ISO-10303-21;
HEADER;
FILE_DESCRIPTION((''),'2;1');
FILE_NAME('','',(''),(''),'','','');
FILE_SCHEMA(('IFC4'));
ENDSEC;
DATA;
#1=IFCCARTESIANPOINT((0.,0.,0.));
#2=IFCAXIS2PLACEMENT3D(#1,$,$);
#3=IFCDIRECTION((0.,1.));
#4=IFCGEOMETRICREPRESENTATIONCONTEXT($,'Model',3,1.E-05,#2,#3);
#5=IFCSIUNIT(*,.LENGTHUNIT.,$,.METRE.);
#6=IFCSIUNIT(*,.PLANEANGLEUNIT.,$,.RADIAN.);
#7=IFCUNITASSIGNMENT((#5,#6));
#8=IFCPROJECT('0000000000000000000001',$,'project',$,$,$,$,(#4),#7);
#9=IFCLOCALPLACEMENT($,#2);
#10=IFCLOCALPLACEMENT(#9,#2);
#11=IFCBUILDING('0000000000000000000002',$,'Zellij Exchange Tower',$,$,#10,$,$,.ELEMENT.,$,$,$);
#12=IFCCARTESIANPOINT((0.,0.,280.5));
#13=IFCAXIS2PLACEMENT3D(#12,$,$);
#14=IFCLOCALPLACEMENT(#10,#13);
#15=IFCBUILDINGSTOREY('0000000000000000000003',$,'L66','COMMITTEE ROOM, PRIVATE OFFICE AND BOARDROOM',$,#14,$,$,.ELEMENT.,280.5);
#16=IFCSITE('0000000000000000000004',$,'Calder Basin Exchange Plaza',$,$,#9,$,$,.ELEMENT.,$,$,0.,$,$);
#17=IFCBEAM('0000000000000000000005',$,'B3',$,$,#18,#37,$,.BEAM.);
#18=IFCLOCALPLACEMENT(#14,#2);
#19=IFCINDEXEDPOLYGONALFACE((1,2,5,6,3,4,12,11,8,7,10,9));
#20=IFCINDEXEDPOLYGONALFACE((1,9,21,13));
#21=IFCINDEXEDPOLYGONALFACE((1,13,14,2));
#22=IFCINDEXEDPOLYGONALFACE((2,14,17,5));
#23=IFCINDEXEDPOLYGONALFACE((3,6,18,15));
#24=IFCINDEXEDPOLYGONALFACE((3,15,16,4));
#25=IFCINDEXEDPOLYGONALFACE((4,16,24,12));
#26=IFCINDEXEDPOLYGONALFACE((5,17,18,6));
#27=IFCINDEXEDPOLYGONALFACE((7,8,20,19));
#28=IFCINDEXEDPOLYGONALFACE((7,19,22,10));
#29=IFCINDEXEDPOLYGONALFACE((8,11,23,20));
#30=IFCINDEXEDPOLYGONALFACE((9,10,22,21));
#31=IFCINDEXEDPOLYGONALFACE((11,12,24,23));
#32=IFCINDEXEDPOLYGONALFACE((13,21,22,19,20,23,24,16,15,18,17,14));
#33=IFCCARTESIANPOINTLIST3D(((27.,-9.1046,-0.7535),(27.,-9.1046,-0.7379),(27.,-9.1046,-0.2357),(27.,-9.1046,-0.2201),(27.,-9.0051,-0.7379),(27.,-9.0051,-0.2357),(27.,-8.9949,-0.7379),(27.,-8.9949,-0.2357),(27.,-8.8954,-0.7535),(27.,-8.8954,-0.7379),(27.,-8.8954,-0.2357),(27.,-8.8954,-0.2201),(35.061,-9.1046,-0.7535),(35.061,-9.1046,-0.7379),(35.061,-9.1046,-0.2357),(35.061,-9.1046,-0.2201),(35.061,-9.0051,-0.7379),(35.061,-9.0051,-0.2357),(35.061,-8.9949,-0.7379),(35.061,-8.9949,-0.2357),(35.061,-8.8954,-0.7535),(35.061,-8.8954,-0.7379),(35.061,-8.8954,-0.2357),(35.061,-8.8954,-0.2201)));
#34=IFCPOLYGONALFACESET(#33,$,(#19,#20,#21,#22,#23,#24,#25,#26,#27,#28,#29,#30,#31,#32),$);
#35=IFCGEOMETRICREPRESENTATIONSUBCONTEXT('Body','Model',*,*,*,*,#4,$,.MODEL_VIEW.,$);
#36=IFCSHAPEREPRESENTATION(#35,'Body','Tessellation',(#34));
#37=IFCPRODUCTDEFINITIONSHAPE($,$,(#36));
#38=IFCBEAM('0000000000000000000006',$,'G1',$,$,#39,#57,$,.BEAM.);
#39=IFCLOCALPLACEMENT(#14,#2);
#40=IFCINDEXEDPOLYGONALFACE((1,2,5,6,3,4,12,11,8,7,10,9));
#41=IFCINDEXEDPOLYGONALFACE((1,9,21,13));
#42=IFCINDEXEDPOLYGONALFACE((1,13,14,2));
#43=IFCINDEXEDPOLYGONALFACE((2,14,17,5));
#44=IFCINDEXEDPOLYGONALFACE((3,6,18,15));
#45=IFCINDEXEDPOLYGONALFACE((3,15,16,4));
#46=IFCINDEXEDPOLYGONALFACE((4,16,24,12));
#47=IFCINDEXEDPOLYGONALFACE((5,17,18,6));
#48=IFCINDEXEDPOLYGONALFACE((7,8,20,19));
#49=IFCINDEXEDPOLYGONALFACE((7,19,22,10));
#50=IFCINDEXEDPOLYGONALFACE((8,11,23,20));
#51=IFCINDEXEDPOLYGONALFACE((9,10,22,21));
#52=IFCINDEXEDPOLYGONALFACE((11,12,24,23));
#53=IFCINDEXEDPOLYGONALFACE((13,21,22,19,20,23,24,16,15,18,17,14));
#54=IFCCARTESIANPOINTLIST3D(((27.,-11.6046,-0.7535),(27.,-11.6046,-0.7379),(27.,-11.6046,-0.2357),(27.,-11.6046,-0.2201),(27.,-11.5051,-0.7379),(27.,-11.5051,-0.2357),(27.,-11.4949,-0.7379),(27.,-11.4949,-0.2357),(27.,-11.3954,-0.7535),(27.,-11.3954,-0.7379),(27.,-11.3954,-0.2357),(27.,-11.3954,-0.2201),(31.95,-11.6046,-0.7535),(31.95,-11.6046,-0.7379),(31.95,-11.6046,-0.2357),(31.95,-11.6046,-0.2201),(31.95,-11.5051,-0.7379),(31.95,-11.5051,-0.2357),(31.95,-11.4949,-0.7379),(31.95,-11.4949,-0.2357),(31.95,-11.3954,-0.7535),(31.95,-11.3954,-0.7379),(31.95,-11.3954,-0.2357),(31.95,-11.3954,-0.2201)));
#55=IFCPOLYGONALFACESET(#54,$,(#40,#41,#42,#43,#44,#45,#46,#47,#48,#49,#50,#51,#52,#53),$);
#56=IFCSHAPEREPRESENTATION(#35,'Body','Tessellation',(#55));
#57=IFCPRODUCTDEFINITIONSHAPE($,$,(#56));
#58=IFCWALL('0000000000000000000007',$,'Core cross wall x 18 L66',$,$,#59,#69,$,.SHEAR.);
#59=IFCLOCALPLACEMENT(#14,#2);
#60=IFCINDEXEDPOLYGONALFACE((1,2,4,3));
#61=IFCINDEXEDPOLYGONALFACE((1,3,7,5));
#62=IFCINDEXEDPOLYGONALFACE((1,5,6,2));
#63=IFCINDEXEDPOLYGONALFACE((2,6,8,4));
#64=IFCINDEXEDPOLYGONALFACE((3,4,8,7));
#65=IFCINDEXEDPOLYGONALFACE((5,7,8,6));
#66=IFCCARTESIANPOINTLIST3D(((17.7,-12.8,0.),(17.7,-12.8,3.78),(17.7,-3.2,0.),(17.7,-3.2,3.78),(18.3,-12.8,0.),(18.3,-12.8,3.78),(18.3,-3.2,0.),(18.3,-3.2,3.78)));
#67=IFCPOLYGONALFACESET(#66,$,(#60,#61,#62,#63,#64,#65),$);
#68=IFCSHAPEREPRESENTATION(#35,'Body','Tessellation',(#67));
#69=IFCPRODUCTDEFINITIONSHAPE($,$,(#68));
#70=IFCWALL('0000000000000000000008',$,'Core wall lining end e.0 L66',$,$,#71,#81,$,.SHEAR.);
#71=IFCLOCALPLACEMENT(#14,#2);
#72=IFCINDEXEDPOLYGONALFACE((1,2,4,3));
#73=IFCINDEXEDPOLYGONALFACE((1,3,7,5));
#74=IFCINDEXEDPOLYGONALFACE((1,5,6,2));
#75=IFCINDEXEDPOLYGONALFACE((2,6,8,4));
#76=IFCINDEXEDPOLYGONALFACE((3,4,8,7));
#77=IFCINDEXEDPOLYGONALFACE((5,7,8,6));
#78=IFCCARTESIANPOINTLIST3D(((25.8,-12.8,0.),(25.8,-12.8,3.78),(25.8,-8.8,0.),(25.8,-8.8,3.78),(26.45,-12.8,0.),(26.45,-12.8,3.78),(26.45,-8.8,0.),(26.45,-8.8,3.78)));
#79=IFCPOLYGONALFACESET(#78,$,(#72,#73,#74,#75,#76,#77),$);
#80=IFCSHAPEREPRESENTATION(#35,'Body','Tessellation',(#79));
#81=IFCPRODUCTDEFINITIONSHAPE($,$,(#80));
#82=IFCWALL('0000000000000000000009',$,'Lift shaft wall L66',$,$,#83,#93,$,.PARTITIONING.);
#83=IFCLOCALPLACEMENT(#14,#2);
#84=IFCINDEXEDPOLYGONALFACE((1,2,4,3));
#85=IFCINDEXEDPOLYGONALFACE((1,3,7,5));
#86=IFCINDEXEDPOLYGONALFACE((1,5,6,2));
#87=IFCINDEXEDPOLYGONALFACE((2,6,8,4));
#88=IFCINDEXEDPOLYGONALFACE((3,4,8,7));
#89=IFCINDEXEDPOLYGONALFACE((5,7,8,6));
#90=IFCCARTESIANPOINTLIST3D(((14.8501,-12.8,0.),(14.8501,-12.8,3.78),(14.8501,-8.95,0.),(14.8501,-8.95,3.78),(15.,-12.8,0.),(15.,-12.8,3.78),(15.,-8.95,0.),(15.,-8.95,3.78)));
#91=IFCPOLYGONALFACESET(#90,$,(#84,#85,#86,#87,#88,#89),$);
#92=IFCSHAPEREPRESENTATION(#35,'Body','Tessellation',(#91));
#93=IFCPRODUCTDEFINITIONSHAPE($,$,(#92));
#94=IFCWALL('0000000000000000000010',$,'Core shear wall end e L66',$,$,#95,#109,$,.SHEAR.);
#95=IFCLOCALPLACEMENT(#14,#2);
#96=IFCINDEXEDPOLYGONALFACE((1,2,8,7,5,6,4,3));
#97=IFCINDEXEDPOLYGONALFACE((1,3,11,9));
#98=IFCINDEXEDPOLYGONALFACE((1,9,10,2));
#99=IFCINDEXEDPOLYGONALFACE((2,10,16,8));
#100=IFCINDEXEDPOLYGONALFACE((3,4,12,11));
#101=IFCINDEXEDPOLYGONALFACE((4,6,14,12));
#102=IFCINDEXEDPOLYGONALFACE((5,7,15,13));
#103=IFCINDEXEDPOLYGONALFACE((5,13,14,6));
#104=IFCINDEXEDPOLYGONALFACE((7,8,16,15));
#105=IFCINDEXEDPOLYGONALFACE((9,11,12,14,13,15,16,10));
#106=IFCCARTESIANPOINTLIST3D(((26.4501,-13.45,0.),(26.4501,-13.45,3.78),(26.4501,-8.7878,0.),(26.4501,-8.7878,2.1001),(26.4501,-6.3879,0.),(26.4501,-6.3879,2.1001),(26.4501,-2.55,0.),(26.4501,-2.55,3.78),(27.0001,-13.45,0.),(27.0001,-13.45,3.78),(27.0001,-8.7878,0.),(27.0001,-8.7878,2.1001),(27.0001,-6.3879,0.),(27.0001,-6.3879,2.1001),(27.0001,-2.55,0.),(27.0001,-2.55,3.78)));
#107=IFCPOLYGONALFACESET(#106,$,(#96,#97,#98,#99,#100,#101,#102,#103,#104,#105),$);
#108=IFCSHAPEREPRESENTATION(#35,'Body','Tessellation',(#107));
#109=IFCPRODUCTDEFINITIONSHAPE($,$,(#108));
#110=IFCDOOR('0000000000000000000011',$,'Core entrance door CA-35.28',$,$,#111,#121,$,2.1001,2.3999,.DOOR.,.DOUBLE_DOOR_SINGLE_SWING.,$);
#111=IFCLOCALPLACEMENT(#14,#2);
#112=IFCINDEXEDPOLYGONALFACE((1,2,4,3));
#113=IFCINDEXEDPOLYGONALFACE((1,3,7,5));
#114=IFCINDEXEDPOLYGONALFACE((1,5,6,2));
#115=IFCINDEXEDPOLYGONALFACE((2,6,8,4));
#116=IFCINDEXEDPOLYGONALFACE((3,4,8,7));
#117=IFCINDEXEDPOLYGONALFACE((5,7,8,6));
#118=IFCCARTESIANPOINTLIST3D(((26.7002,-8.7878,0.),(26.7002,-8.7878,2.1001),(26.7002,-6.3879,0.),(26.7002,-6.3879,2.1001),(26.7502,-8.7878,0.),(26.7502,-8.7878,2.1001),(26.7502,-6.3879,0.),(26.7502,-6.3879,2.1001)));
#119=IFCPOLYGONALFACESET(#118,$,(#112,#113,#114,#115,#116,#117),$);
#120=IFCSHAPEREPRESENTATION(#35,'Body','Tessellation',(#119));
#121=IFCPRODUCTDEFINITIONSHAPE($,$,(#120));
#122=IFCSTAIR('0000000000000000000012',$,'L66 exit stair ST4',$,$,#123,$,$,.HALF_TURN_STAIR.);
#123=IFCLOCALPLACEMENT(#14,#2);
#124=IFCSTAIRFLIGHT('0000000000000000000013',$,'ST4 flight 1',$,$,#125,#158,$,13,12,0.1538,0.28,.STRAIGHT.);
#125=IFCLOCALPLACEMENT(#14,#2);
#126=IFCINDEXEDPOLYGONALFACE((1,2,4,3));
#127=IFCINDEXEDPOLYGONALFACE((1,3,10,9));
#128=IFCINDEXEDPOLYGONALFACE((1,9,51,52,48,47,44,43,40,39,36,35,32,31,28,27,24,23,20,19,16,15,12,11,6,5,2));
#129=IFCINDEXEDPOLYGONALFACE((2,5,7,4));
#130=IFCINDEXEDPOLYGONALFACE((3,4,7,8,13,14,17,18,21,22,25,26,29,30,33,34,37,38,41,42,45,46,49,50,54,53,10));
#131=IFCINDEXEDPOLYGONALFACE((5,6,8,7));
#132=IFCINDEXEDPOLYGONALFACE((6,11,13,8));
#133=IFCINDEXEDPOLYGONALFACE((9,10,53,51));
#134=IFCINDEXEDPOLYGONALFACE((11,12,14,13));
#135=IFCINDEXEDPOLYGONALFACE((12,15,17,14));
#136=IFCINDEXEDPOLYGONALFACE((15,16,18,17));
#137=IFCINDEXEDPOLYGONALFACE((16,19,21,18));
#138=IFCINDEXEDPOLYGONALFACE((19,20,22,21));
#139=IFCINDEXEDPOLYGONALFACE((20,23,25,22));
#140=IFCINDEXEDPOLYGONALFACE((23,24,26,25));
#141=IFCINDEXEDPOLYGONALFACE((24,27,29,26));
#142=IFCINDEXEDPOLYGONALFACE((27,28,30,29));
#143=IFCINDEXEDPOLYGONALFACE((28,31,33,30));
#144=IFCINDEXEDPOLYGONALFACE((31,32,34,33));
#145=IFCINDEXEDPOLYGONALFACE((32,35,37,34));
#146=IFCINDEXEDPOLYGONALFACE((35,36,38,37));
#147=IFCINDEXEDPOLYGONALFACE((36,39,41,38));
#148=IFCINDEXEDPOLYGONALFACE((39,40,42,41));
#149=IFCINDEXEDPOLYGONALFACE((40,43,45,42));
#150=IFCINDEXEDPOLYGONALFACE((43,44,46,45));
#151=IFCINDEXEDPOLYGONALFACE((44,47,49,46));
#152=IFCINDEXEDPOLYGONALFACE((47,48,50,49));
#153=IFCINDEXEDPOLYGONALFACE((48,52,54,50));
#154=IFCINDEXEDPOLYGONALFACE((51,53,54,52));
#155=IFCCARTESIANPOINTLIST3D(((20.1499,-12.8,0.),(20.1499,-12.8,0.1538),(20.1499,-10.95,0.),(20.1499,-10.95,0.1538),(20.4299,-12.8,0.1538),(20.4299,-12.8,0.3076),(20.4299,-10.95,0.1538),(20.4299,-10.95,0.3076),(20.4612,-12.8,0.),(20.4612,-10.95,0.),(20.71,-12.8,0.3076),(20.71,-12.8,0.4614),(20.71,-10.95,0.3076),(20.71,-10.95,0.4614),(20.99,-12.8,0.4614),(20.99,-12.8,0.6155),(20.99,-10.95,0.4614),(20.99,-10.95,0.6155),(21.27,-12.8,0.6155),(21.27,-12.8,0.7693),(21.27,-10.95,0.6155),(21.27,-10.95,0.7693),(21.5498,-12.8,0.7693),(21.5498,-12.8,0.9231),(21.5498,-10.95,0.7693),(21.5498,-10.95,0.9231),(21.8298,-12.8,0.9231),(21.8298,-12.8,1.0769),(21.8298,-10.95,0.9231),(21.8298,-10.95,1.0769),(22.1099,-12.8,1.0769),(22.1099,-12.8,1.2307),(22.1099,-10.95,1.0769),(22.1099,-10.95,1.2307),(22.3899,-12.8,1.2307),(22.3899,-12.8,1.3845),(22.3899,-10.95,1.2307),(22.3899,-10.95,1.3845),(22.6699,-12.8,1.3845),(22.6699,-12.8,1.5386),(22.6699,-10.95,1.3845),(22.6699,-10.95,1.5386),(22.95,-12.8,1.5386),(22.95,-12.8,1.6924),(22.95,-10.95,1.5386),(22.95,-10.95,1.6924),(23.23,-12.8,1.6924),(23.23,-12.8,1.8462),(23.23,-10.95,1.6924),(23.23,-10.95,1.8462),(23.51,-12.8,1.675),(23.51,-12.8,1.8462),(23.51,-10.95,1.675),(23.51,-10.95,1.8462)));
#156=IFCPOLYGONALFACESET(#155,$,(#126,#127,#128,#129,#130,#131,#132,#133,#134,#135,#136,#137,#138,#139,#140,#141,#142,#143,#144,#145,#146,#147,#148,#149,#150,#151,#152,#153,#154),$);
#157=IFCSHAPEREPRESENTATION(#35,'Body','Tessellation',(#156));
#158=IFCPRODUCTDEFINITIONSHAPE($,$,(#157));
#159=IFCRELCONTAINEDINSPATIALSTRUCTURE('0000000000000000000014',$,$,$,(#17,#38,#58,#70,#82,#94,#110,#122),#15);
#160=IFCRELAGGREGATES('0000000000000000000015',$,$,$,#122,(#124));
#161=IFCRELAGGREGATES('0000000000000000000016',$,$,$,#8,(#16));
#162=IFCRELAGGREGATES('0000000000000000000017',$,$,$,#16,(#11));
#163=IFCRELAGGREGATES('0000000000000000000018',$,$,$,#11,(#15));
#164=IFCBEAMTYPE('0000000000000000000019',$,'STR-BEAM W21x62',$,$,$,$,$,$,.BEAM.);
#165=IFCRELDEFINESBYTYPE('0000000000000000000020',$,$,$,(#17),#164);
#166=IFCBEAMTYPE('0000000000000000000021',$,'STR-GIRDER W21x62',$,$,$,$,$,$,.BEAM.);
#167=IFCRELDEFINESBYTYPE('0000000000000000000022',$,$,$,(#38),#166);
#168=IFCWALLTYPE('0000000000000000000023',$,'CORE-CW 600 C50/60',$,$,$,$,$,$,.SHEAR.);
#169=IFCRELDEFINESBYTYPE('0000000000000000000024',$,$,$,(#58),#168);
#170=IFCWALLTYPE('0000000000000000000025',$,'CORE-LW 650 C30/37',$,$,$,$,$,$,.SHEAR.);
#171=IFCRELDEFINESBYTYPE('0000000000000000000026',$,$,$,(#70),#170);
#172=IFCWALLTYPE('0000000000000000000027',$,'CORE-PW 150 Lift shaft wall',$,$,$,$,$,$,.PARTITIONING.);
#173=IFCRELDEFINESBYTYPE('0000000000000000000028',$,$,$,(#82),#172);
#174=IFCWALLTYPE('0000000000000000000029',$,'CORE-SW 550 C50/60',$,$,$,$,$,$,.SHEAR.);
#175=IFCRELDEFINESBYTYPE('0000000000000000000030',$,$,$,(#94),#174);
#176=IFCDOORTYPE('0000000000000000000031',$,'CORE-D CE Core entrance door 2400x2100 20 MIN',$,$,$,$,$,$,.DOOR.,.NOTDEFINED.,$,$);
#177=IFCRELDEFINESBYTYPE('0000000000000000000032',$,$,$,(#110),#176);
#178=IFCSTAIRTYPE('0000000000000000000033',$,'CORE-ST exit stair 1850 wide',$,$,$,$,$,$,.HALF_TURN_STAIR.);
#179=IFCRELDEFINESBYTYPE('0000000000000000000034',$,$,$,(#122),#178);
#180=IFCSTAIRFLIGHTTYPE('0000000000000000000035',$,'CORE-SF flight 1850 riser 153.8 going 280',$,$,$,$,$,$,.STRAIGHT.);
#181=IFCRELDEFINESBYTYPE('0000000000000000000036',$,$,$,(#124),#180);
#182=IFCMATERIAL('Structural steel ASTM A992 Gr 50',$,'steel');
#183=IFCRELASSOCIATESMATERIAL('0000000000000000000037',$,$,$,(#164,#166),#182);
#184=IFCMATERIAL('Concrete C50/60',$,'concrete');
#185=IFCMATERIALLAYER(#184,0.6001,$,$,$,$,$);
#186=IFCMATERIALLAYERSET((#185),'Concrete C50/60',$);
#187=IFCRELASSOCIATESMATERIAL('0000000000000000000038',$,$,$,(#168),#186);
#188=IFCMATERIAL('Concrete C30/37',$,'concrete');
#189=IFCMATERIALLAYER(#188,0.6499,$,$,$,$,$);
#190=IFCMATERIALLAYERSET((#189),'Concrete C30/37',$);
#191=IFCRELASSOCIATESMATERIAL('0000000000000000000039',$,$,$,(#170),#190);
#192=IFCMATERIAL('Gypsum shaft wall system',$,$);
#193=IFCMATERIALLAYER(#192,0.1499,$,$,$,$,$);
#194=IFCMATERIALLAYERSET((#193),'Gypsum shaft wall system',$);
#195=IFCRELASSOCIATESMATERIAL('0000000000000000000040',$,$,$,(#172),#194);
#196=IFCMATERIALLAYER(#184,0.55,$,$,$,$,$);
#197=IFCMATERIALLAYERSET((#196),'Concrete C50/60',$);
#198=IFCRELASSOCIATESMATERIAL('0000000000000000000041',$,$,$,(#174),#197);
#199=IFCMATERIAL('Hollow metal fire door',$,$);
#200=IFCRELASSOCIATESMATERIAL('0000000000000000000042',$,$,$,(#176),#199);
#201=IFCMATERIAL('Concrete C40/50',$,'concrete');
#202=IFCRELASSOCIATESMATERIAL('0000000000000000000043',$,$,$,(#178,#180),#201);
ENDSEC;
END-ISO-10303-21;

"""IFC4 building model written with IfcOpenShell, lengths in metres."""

from ifc_helpers import new_model, si_unit, direction, frame, frame_2d, origin, origin_2d, place, context, subcontext, project, spatial, polyline, rectangle, i_section, outline, extrude, material, layer, layer_set, material_profile, profile_set, type_object, element, fill, aggregate, save


model = new_model("IFC4")

# Units and contexts
model_context = context("Model", 3, precision=1e-05, world=origin(), true_north=direction((0.0, 1.0)))
body_context = subcontext(model_context, "Body", "Model", "MODEL_VIEW")
ifc_project = project(units=[si_unit("LENGTHUNIT", "METRE"), si_unit("PLANEANGLEUNIT", "RADIAN")], contexts=[model_context])

# Site, building, storey
site_placement = place(None, origin())
site = spatial("IfcSite", under=ifc_project, at=site_placement, Name="Calder Basin Exchange Plaza", CompositionType="ELEMENT", RefElevation=0.0)
building_placement = place(site_placement, origin())
building = spatial("IfcBuilding", under=site, at=building_placement, Name="Zellij Exchange Tower", CompositionType="ELEMENT")
storey_placement = place(building_placement, frame((0.0, 0.0, 280.5)))
storey = spatial("IfcBuildingStorey", under=building, at=storey_placement, Name="L66", Description="COMMITTEE ROOM, PRIVATE OFFICE AND BOARDROOM", CompositionType="ELEMENT", Elevation=280.5)

# Beams
ifc_material_1 = material(Name="Structural steel ASTM A992 Gr 50", Category="steel")
ifc_material_profile_1 = material_profile(ifc_material_1, i_section(OverallWidth=0.2092, OverallDepth=0.5334, WebThickness=0.0103, FlangeThickness=0.0156, at=origin_2d()), Name="W21x62")
ifc_profile_set_1 = profile_set([ifc_material_profile_1], Name="Structural steel ASTM A992 Gr 50")
beam_type_1 = type_object("IfcBeamType", Name="STR-BEAM W21x62", PredefinedType="BEAM", material=ifc_profile_set_1)
beam_1_placement = place(storey_placement, frame((27.0, -9.0, -0.4868), z_axis=(1.0, 0.0, 0.0), x_axis=(0.0, 1.0, 0.0)))
element("IfcBeam", 1, at=beam_1_placement, inside=storey, type_object=beam_type_1, Name="B3", PredefinedType="BEAM", context=body_context, shape_type="SweptSolid", body=[
    extrude(i_section(OverallWidth=0.2092, OverallDepth=0.5334, WebThickness=0.0103, FlangeThickness=0.0156, at=origin_2d()), origin(), (0.0, 0.0, 1.0), 8.061),
])
ifc_material_profile_2 = material_profile(ifc_material_1, i_section(OverallWidth=0.2092, OverallDepth=0.5334, WebThickness=0.0103, FlangeThickness=0.0156, at=origin_2d()), Name="W21x62")
ifc_profile_set_2 = profile_set([ifc_material_profile_2], Name="Structural steel ASTM A992 Gr 50")
beam_type_2 = type_object("IfcBeamType", Name="STR-GIRDER W21x62", PredefinedType="BEAM", material=ifc_profile_set_2)
beam_2_placement = place(storey_placement, frame((27.0, -11.5, -0.4868), z_axis=(1.0, 0.0, 0.0), x_axis=(0.0, 1.0, 0.0)))
element("IfcBeam", 2, at=beam_2_placement, inside=storey, type_object=beam_type_2, Name="G1", PredefinedType="BEAM", context=body_context, shape_type="SweptSolid", body=[
    extrude(i_section(OverallWidth=0.2092, OverallDepth=0.5334, WebThickness=0.0103, FlangeThickness=0.0156, at=origin_2d()), origin(), (0.0, 0.0, 1.0), 4.95),
])

# Walls
ifc_material_2 = material(Name="Concrete C50/60", Category="concrete")
ifc_layer_1 = layer(ifc_material_2, 0.6001)
ifc_layer_set_1 = layer_set([ifc_layer_1], Name="Concrete C50/60")
wall_type_1 = type_object("IfcWallType", Name="CORE-CW 600 C50/60", PredefinedType="SHEAR", material=ifc_layer_set_1)
wall_1_placement = place(storey_placement, frame((18.0, -12.8, 0.0), z_axis=(0.0, 0.0, 1.0), x_axis=(0.0, 1.0, 0.0)))
element("IfcWall", 3, at=wall_1_placement, inside=storey, type_object=wall_type_1, Name="Core cross wall x 18 L66", PredefinedType="SHEAR", context=body_context, shape_type="SweptSolid", body=[
    extrude(rectangle(XDim=9.6001, YDim=0.6001, at=frame_2d((4.8, 0.0))), origin(), (0.0, 0.0, 1.0), 3.78),
])
ifc_material_3 = material(Name="Concrete C30/37", Category="concrete")
ifc_layer_2 = layer(ifc_material_3, 0.6499)
ifc_layer_set_2 = layer_set([ifc_layer_2], Name="Concrete C30/37")
wall_type_2 = type_object("IfcWallType", Name="CORE-LW 650 C30/37", PredefinedType="SHEAR", material=ifc_layer_set_2)
wall_2_placement = place(storey_placement, frame((26.125, -12.8, 0.0), z_axis=(0.0, 0.0, 1.0), x_axis=(0.0, 1.0, 0.0)))
element("IfcWall", 4, at=wall_2_placement, inside=storey, type_object=wall_type_2, Name="Core wall lining end e.0 L66", PredefinedType="SHEAR", context=body_context, shape_type="SweptSolid", body=[
    extrude(rectangle(XDim=4.0, YDim=0.6499, at=frame_2d((2.0, 0.0))), origin(), (0.0, 0.0, 1.0), 3.78),
])
ifc_material_4 = material(Name="Gypsum shaft wall system")
ifc_layer_3 = layer(ifc_material_4, 0.1499)
ifc_layer_set_3 = layer_set([ifc_layer_3], Name="Gypsum shaft wall system")
wall_type_3 = type_object("IfcWallType", Name="CORE-PW 150 Lift shaft wall", PredefinedType="PARTITIONING", material=ifc_layer_set_3)
wall_3_placement = place(storey_placement, frame((14.925, -12.8, 0.0), z_axis=(0.0, 0.0, 1.0), x_axis=(0.0, 1.0, 0.0)))
element("IfcWall", 5, at=wall_3_placement, inside=storey, type_object=wall_type_3, Name="Lift shaft wall L66", PredefinedType="PARTITIONING", context=body_context, shape_type="SweptSolid", body=[
    extrude(rectangle(XDim=3.8501, YDim=0.1499, at=frame_2d((1.925, 0.0))), origin(), (0.0, 0.0, 1.0), 3.78),
])

# Wall, opening, door
ifc_layer_4 = layer(ifc_material_2, 0.55)
ifc_layer_set_4 = layer_set([ifc_layer_4], Name="Concrete C50/60")
wall_type_4 = type_object("IfcWallType", Name="CORE-SW 550 C50/60", PredefinedType="SHEAR", material=ifc_layer_set_4)
wall_4_placement = place(storey_placement, frame((26.7251, -13.45, 0.0), z_axis=(0.0, 0.0, 1.0), x_axis=(0.0, 1.0, 0.0)))
wall_4 = element("IfcWall", 6, at=wall_4_placement, inside=storey, type_object=wall_type_4, Name="Core shear wall end e L66", PredefinedType="SHEAR", context=body_context, shape_type="SweptSolid", body=[
    extrude(rectangle(XDim=10.8999, YDim=0.55, at=frame_2d((5.45, 0.0))), origin(), (0.0, 0.0, 1.0), 3.78),
])
opening_placement = place(wall_4_placement, frame((4.6621, 0.0, 0.0)))
opening = element("IfcOpeningElement", 7, at=opening_placement, cuts=wall_4, PredefinedType="OPENING", context=body_context, shape_type="SweptSolid", body=[
    extrude(rectangle(XDim=2.3999, YDim=2.1001, at=frame_2d((1.2, 1.05))), frame((0.0, 0.2871, 0.0), z_axis=(0.0, -1.0, 0.0), x_axis=(1.0, 0.0, 0.0)), (0.0, 0.0, 1.0), 0.574),
])
ifc_material_5 = material(Name="Hollow metal fire door")
door_type = type_object("IfcDoorType", Name="CORE-D CE Core entrance door 2400x2100 20 MIN", OperationType="NOTDEFINED", PredefinedType="DOOR", material=ifc_material_5)
door_placement = place(opening_placement, origin())
door = element("IfcDoor", 8, at=door_placement, inside=storey, type_object=door_type, Name="Core entrance door CA-35.28", OperationType="DOUBLE_DOOR_SINGLE_SWING", OverallHeight=2.1001, OverallWidth=2.3999, PredefinedType="DOOR", context=body_context, shape_type="SweptSolid", body=[
    extrude(rectangle(XDim=2.3999, YDim=2.1001, at=frame_2d((1.2, 1.05))), frame((0.0, 0.0249, 0.0), z_axis=(0.0, -1.0, 0.0), x_axis=(1.0, 0.0, 0.0)), (0.0, 0.0, 1.0), 0.05),
])
fill(opening, door)

# Stair, stair flight
ifc_material_6 = material(Name="Concrete C40/50", Category="concrete")
stair_type = type_object("IfcStairType", Name="CORE-ST exit stair 1850 wide", PredefinedType="HALF_TURN_STAIR", material=ifc_material_6)
stair_placement = place(storey_placement, origin())
stair = element("IfcStair", 9, at=stair_placement, inside=storey, type_object=stair_type, Name="L66 exit stair ST4", PredefinedType="HALF_TURN_STAIR")
stair_flight_type = type_object("IfcStairFlightType", Name="CORE-SF flight 1850 riser 153.8 going 280", PredefinedType="STRAIGHT", material=ifc_material_6)
stair_flight_1_placement = place(storey_placement, frame((20.1499, -11.875, 0.0), z_axis=(0.0, 0.0, 1.0), x_axis=(1.0, 0.0, 0.0)))
stair_flight_1 = element("IfcStairFlight", 10, at=stair_flight_1_placement, type_object=stair_flight_type, Name="ST4 flight 1", NumberOfRisers=13, NumberOfTreads=12, PredefinedType="STRAIGHT", RiserHeight=0.1538, TreadLength=0.28, context=body_context, shape_type="SweptSolid", body=[
    extrude(outline(polyline([(0.0, 0.0), (0.0, 0.1538), (0.28, 0.1538), (0.28, 0.3076), (0.5601, 0.3076), (0.5601, 0.4614), (0.8401, 0.4614), (0.8401, 0.6155), (1.1201, 0.6155), (1.1201, 0.7693), (1.3999, 0.7693), (1.3999, 0.9231), (1.6799, 0.9231), (1.6799, 1.0769), (1.96, 1.0769), (1.96, 1.2307), (2.24, 1.2307), (2.24, 1.3845), (2.52, 1.3845), (2.52, 1.5386), (2.8, 1.5386), (2.8, 1.6924), (3.0801, 1.6924), (3.0801, 1.8462), (3.3601, 1.8462), (3.3601, 2.0), (3.3601, 1.675), (0.3113, 0.0), (0.0, 0.0)])), frame((0.0, 0.925, 0.0), z_axis=(0.0, -1.0, 0.0), x_axis=(1.0, 0.0, 0.0)), (0.0, 0.0, 1.0), 1.8501),
])
aggregate(stair, [stair_flight_1])

save(model, "model.ifc")
